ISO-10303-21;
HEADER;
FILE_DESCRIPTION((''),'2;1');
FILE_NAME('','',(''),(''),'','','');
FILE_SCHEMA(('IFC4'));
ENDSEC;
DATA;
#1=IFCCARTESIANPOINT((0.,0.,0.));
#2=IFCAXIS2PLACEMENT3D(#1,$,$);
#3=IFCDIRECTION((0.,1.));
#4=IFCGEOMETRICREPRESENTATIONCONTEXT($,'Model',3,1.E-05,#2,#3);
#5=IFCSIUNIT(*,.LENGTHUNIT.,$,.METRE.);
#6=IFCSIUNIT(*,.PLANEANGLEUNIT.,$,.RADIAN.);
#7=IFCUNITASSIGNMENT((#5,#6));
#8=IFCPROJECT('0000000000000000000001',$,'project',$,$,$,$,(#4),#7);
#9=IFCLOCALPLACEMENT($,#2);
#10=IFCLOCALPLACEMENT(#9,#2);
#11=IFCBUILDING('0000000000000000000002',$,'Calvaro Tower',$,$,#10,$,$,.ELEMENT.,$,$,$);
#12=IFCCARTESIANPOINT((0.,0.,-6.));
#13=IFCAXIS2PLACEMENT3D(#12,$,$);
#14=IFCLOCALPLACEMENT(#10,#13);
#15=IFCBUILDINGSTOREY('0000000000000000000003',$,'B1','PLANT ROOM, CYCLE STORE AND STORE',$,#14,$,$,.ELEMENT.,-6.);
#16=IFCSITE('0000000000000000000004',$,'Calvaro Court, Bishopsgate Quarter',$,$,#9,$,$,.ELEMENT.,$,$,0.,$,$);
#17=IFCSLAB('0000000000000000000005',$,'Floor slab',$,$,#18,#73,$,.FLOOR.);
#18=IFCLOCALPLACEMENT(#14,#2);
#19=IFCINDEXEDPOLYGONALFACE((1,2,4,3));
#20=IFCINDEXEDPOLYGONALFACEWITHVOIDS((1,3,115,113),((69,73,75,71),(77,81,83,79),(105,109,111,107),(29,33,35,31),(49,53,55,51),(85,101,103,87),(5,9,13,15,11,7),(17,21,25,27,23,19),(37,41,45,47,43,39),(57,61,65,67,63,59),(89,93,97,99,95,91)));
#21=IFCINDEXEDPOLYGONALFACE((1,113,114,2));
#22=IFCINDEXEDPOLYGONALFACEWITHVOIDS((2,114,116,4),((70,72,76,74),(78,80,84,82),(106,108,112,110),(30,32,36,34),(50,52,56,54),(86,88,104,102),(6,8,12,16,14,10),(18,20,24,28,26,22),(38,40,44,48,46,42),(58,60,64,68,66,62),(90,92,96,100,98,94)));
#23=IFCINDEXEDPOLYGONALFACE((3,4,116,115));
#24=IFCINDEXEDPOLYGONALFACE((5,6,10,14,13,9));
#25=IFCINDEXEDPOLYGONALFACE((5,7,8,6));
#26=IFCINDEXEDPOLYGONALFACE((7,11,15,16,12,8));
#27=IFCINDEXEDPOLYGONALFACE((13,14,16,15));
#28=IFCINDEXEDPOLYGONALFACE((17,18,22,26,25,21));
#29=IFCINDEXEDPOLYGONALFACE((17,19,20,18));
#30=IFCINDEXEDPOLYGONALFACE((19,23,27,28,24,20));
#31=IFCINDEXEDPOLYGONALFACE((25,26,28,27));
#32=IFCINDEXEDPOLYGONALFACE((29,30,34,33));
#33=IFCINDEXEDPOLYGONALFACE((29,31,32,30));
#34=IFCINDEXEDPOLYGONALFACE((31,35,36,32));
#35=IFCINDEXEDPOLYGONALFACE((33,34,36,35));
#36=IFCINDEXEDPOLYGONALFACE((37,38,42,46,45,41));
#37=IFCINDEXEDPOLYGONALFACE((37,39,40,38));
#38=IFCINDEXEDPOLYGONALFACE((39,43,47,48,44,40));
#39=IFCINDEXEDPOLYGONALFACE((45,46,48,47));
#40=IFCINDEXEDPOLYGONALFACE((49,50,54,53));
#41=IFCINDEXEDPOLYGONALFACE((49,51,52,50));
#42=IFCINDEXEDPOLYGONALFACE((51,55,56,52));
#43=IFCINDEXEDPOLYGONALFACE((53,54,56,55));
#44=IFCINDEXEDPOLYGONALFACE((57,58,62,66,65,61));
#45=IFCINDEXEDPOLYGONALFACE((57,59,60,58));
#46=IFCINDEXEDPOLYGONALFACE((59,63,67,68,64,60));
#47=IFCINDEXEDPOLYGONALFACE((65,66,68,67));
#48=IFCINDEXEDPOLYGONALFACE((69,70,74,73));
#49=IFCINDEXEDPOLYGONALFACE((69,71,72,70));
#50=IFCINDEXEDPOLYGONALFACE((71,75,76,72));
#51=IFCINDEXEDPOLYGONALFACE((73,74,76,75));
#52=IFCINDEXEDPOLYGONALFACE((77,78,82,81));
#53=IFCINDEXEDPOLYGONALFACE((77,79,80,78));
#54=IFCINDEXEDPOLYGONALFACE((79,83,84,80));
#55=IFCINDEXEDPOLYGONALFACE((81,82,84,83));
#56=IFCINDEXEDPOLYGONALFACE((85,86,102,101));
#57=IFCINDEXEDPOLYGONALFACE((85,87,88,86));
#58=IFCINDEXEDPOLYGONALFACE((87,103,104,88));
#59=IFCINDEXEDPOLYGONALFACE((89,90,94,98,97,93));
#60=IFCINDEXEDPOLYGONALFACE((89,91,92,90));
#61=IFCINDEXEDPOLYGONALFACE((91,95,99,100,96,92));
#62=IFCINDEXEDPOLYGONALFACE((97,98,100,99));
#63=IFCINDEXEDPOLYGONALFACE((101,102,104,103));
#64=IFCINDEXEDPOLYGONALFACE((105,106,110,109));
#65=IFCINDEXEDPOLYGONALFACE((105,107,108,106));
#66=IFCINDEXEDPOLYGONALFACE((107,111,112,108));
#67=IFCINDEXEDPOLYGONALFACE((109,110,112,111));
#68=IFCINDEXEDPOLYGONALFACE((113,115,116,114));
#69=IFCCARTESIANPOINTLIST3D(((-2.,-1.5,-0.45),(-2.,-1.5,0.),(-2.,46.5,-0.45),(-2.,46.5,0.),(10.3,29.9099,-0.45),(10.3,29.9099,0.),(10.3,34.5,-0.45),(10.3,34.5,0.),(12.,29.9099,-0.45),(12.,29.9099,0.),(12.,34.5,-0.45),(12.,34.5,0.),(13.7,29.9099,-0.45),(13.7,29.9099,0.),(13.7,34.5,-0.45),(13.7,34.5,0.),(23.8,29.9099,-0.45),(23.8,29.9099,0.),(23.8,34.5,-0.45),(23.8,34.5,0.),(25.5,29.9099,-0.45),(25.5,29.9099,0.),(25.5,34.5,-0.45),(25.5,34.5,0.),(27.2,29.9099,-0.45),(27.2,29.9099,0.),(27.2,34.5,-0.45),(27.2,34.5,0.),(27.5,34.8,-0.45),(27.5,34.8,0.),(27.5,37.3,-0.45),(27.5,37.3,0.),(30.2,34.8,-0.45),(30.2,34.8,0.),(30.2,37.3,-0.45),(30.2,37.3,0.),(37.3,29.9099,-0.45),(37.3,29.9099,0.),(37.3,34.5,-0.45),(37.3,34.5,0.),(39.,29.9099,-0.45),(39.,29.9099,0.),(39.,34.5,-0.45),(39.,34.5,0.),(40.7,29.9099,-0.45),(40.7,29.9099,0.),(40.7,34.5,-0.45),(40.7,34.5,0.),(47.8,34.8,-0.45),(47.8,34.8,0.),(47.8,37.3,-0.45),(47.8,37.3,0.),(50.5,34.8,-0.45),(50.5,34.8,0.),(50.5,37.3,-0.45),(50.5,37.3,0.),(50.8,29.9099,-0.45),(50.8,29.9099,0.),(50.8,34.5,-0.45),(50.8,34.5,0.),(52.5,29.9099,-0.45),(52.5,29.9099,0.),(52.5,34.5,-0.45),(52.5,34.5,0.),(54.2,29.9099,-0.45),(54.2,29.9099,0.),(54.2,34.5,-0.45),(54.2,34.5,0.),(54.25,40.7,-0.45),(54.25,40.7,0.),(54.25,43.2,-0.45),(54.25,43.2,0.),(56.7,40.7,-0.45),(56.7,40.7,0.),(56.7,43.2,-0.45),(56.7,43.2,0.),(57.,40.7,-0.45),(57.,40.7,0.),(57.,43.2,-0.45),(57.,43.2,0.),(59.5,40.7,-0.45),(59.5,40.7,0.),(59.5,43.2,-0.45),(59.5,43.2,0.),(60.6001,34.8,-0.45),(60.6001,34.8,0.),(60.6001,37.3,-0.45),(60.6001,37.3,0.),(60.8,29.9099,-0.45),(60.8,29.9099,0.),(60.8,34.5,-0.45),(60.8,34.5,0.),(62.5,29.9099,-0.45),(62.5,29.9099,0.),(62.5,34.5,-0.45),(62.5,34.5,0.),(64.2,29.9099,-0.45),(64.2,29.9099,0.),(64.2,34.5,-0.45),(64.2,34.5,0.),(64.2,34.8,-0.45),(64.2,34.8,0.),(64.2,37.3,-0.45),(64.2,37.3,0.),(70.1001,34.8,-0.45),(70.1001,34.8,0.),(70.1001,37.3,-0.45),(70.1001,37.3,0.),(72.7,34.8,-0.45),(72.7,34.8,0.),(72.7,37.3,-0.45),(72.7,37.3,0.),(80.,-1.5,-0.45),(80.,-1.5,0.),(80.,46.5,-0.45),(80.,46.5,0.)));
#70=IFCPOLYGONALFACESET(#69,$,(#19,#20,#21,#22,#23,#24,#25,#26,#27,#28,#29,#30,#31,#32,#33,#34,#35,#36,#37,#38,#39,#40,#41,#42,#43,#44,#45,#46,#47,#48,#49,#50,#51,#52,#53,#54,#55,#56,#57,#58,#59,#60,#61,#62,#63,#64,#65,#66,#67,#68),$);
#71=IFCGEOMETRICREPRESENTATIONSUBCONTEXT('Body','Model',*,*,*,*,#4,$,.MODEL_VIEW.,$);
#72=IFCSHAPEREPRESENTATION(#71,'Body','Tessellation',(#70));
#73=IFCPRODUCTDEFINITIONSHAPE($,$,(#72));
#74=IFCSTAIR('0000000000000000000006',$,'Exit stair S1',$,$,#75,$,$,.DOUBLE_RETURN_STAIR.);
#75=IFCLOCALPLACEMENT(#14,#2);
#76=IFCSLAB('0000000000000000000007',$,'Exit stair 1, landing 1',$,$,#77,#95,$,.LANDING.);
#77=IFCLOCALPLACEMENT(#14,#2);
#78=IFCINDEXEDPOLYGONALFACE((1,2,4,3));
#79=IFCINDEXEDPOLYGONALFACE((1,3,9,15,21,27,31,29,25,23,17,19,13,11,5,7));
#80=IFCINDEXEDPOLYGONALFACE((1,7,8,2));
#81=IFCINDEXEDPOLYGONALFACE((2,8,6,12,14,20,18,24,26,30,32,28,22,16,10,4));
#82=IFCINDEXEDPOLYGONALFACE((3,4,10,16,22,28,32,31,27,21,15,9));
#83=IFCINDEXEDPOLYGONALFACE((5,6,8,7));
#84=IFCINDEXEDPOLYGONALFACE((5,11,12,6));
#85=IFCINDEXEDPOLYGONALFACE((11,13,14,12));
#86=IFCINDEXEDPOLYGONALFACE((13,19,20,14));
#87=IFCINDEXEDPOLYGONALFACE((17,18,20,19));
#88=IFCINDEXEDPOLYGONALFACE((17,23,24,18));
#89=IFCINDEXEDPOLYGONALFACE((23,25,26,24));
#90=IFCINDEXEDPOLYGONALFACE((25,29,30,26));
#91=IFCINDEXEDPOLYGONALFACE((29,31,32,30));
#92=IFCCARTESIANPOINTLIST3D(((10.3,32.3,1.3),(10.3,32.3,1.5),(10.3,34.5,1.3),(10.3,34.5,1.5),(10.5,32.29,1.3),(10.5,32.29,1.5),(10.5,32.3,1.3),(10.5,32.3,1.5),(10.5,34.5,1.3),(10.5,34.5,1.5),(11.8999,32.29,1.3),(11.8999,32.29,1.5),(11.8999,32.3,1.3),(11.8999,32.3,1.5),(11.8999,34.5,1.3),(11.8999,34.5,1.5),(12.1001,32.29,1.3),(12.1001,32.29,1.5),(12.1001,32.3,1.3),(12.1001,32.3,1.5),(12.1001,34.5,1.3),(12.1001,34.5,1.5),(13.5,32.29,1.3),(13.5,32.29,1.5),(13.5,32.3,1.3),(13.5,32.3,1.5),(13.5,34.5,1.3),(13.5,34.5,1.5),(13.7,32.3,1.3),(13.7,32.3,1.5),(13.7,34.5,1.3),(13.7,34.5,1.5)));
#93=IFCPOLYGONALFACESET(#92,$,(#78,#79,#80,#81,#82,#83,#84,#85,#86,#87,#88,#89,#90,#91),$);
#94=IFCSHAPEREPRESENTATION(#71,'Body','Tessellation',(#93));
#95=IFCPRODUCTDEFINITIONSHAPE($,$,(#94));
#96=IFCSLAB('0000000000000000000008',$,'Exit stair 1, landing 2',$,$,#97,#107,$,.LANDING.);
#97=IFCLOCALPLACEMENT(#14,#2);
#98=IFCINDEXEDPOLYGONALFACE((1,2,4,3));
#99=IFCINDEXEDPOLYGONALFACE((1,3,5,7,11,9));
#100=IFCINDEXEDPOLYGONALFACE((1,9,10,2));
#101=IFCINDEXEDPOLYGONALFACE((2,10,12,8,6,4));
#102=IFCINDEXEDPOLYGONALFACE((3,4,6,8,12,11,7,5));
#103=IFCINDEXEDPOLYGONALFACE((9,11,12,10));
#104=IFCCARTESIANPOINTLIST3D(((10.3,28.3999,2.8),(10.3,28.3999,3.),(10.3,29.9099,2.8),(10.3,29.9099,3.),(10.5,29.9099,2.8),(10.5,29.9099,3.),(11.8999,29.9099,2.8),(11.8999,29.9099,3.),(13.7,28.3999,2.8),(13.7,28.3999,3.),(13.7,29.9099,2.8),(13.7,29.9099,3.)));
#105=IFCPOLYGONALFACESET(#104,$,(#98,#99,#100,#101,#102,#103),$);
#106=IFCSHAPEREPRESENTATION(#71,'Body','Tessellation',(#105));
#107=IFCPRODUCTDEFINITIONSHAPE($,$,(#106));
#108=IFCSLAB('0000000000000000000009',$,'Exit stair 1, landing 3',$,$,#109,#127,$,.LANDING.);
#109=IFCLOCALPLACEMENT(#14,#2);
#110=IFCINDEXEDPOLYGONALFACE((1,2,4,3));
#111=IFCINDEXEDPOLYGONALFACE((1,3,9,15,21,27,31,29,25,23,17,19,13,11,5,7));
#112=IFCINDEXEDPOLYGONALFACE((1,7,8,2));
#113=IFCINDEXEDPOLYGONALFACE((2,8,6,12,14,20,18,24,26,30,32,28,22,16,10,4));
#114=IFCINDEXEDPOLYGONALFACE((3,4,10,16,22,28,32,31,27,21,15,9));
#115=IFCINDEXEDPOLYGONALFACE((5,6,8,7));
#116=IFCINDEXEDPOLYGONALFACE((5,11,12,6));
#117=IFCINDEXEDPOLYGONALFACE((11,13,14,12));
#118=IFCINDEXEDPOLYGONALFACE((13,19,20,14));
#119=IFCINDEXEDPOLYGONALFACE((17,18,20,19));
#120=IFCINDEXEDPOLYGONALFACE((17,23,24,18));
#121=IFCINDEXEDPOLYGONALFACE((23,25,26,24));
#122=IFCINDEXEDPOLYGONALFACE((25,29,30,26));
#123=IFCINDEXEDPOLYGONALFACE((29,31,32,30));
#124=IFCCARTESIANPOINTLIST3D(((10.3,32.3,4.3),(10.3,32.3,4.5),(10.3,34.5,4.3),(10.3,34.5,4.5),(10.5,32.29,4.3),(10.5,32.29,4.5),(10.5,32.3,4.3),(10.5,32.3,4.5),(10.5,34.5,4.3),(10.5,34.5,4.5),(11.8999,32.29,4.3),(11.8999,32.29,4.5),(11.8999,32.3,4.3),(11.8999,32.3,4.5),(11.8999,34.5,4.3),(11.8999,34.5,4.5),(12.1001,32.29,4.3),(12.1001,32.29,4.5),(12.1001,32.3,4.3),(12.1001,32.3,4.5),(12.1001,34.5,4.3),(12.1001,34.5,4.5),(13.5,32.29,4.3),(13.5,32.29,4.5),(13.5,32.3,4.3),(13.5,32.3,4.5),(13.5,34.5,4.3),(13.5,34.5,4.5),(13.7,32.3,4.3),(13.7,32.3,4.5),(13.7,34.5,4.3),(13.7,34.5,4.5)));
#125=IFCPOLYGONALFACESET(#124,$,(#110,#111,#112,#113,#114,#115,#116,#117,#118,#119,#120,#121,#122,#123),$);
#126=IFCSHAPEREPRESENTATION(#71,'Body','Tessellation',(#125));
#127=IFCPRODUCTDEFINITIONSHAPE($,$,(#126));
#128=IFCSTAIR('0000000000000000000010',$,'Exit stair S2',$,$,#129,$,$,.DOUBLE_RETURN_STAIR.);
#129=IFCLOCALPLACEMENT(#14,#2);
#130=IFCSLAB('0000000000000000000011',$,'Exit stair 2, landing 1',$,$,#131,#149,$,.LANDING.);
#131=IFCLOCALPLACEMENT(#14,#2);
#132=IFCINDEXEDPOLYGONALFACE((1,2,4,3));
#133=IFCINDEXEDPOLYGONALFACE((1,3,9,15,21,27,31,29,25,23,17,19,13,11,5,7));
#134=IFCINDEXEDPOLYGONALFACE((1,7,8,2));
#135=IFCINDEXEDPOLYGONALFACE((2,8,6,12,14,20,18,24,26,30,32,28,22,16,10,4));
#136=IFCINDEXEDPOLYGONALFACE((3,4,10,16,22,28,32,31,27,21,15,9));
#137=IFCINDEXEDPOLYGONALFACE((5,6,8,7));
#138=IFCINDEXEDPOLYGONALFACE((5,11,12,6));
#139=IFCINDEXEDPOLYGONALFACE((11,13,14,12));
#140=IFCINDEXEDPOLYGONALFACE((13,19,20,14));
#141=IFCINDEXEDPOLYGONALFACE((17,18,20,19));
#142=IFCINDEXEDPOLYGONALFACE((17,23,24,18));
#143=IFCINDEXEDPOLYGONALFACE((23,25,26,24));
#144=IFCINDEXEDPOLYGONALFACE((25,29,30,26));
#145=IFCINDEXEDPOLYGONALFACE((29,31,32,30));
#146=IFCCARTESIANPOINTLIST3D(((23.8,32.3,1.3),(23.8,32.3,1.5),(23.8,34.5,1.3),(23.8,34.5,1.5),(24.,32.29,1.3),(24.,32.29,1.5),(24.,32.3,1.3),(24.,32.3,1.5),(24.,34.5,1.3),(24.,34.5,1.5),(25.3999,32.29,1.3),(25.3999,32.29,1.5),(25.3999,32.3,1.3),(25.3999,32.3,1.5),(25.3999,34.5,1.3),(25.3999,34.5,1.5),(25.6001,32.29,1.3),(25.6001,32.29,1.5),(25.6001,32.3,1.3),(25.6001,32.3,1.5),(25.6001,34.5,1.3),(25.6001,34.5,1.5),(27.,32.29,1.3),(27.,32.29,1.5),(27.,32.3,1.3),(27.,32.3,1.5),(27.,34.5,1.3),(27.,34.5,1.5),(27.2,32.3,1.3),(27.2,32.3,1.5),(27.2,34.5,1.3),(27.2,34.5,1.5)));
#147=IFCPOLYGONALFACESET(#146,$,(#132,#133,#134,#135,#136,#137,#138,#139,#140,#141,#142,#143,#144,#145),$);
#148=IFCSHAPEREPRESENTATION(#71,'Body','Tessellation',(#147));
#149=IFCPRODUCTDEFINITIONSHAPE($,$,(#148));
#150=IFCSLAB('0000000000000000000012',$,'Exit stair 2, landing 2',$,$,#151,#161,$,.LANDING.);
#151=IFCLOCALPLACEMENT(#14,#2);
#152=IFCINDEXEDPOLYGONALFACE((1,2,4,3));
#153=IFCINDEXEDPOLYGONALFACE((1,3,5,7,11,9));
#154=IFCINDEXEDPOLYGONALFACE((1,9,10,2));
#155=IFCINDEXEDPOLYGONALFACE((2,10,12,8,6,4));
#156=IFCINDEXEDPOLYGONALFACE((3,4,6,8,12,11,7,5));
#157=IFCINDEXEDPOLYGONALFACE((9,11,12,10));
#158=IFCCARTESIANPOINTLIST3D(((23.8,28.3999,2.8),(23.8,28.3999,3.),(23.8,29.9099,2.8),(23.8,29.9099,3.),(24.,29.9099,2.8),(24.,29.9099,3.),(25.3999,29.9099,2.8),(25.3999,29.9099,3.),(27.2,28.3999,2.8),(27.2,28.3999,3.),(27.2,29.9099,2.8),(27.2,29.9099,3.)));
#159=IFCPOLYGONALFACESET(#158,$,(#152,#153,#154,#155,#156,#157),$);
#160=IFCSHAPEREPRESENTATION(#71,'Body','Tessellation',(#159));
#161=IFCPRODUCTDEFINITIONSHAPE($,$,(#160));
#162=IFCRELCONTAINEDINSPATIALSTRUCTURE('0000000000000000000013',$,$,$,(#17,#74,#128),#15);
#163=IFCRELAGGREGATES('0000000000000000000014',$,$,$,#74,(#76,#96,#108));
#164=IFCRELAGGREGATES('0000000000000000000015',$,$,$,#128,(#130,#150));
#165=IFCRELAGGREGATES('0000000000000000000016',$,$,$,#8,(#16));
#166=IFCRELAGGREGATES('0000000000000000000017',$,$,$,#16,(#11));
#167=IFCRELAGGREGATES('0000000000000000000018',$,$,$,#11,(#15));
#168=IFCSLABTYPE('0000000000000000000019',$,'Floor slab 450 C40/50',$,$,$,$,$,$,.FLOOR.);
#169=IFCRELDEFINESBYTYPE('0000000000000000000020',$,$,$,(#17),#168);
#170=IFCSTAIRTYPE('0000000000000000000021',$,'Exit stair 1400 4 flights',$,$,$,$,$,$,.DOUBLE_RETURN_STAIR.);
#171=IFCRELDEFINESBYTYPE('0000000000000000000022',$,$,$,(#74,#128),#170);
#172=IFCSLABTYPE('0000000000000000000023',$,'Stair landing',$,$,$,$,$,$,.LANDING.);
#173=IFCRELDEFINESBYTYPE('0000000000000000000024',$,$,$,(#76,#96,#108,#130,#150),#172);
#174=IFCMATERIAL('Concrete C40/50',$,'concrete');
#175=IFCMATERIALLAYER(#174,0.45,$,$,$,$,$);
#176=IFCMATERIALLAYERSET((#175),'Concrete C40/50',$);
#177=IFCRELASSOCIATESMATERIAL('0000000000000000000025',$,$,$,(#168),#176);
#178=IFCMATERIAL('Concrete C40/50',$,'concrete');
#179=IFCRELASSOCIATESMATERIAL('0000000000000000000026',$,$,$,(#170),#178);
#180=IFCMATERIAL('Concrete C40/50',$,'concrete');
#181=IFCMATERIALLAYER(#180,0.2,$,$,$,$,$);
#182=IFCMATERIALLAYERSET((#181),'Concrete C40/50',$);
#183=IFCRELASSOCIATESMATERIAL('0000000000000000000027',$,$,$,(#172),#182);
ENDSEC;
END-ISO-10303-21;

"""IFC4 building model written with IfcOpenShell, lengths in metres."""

from ifc_helpers import new_model, si_unit, direction, frame, origin, place, context, subcontext, project, spatial, polyline, outline, extrude, material, layer, layer_set, type_object, element, aggregate, save


model = new_model("IFC4")

# Units and contexts
model_context = context("Model", 3, precision=1e-05, world=origin(), true_north=direction((0.0, 1.0)))
body_context = subcontext(model_context, "Body", "Model", "MODEL_VIEW")
ifc_project = project(units=[si_unit("LENGTHUNIT", "METRE"), si_unit("PLANEANGLEUNIT", "RADIAN")], contexts=[model_context])

# Site, building, storey
site_placement = place(None, origin())
site = spatial("IfcSite", under=ifc_project, at=site_placement, Name="Calvaro Court, Bishopsgate Quarter", CompositionType="ELEMENT", RefElevation=0.0)
building_placement = place(site_placement, origin())
building = spatial("IfcBuilding", under=site, at=building_placement, Name="Calvaro Tower", CompositionType="ELEMENT")
storey_placement = place(building_placement, frame((0.0, 0.0, -6.0)))
storey = spatial("IfcBuildingStorey", under=building, at=storey_placement, Name="B1", Description="PLANT ROOM, CYCLE STORE AND STORE", CompositionType="ELEMENT", Elevation=-6.0)

# Slab
ifc_material_1 = material(Name="Concrete C40/50", Category="concrete")
ifc_layer_1 = layer(ifc_material_1, 0.45)
ifc_layer_set_1 = layer_set([ifc_layer_1], Name="Concrete C40/50")
slab_type_1 = type_object("IfcSlabType", Name="Floor slab 450 C40/50", PredefinedType="FLOOR", material=ifc_layer_set_1)
slab_1_placement = place(storey_placement, frame((0.0, 0.0, -0.45)))
element("IfcSlab", 1, at=slab_1_placement, inside=storey, type_object=slab_type_1, Name="Floor slab", PredefinedType="FLOOR", context=body_context, shape_type="SweptSolid", body=[
    extrude(outline(polyline([(80.0, -1.5), (80.0, 46.5), (-2.0, 46.5), (-2.0, -1.5), (80.0, -1.5)]), holes=[polyline([(10.3, 29.9099), (10.3, 34.5), (12.0, 34.5), (13.7, 34.5), (13.7, 29.9099), (12.0, 29.9099), (10.3, 29.9099)]), polyline([(23.8, 29.9099), (23.8, 34.5), (25.5, 34.5), (27.2, 34.5), (27.2, 29.9099), (25.5, 29.9099), (23.8, 29.9099)]), polyline([(37.3, 29.9099), (37.3, 34.5), (39.0, 34.5), (40.7, 34.5), (40.7, 29.9099), (39.0, 29.9099), (37.3, 29.9099)]), polyline([(50.8, 29.9099), (50.8, 34.5), (52.5, 34.5), (54.2, 34.5), (54.2, 29.9099), (52.5, 29.9099), (50.8, 29.9099)]), polyline([(60.8, 29.9099), (60.8, 34.5), (62.5, 34.5), (64.2, 34.5), (64.2, 29.9099), (62.5, 29.9099), (60.8, 29.9099)]), polyline([(54.25, 40.7), (56.7, 40.7), (56.7, 43.2), (54.25, 43.2), (54.25, 40.7)]), polyline([(57.0, 40.7), (59.5, 40.7), (59.5, 43.2), (57.0, 43.2), (57.0, 40.7)]), polyline([(60.6001, 34.8), (64.2, 34.8), (64.2, 37.3), (60.6001, 37.3), (60.6001, 34.8)]), polyline([(70.1001, 34.8), (72.7, 34.8), (72.7, 37.3), (70.1001, 37.3), (70.1001, 34.8)]), polyline([(27.5, 34.8), (30.2, 34.8), (30.2, 37.3), (27.5, 37.3), (27.5, 34.8)]), polyline([(47.8, 34.8), (50.5, 34.8), (50.5, 37.3), (47.8, 37.3), (47.8, 34.8)])]), origin(), (0.0, 0.0, 1.0), 0.45),
])

# Stairs, slabs
ifc_material_2 = material(Name="Concrete C40/50", Category="concrete")
stair_type = type_object("IfcStairType", Name="Exit stair 1400 4 flights", PredefinedType="DOUBLE_RETURN_STAIR", material=ifc_material_2)
stair_1_placement = place(storey_placement, origin())
stair_1 = element("IfcStair", 2, at=stair_1_placement, inside=storey, type_object=stair_type, Name="Exit stair S1", PredefinedType="DOUBLE_RETURN_STAIR")
ifc_material_3 = material(Name="Concrete C40/50", Category="concrete")
ifc_layer_2 = layer(ifc_material_3, 0.2)
ifc_layer_set_2 = layer_set([ifc_layer_2], Name="Concrete C40/50")
slab_type_2 = type_object("IfcSlabType", Name="Stair landing", PredefinedType="LANDING", material=ifc_layer_set_2)
slab_2_placement = place(storey_placement, frame((0.0, 0.0, 1.3)))
slab_2 = element("IfcSlab", 3, at=slab_2_placement, type_object=slab_type_2, Name="Exit stair 1, landing 1", PredefinedType="LANDING", context=body_context, shape_type="SweptSolid", body=[
    extrude(outline(polyline([(11.8999, 32.29), (10.5, 32.29), (10.5, 32.3), (10.3, 32.3), (10.3, 34.5), (10.5, 34.5), (11.8999, 34.5), (12.1001, 34.5), (13.5, 34.5), (13.7, 34.5), (13.7, 32.3), (13.5, 32.3), (13.5, 32.29), (12.1001, 32.29), (12.1001, 32.3), (11.8999, 32.3), (11.8999, 32.29)])), origin(), (0.0, 0.0, 1.0), 0.2),
])
slab_3_placement = place(storey_placement, frame((0.0, 0.0, 2.8)))
slab_3 = element("IfcSlab", 4, at=slab_3_placement, type_object=slab_type_2, Name="Exit stair 1, landing 2", PredefinedType="LANDING", context=body_context, shape_type="SweptSolid", body=[
    extrude(outline(polyline([(13.7, 29.9099), (13.7, 28.3999), (10.3, 28.3999), (10.3, 29.9099), (10.5, 29.9099), (11.8999, 29.9099), (13.7, 29.9099)])), origin(), (0.0, 0.0, 1.0), 0.2),
])
slab_4_placement = place(storey_placement, frame((0.0, 0.0, 4.3)))
slab_4 = element("IfcSlab", 5, at=slab_4_placement, type_object=slab_type_2, Name="Exit stair 1, landing 3", PredefinedType="LANDING", context=body_context, shape_type="SweptSolid", body=[
    extrude(outline(polyline([(11.8999, 32.29), (10.5, 32.29), (10.5, 32.3), (10.3, 32.3), (10.3, 34.5), (10.5, 34.5), (11.8999, 34.5), (12.1001, 34.5), (13.5, 34.5), (13.7, 34.5), (13.7, 32.3), (13.5, 32.3), (13.5, 32.29), (12.1001, 32.29), (12.1001, 32.3), (11.8999, 32.3), (11.8999, 32.29)])), origin(), (0.0, 0.0, 1.0), 0.2),
])
aggregate(stair_1, [slab_2, slab_3, slab_4])
stair_2_placement = place(storey_placement, origin())
stair_2 = element("IfcStair", 6, at=stair_2_placement, inside=storey, type_object=stair_type, Name="Exit stair S2", PredefinedType="DOUBLE_RETURN_STAIR")
slab_5_placement = place(storey_placement, frame((0.0, 0.0, 1.3)))
slab_5 = element("IfcSlab", 7, at=slab_5_placement, type_object=slab_type_2, Name="Exit stair 2, landing 1", PredefinedType="LANDING", context=body_context, shape_type="SweptSolid", body=[
    extrude(outline(polyline([(25.3999, 32.29), (24.0, 32.29), (24.0, 32.3), (23.8, 32.3), (23.8, 34.5), (24.0, 34.5), (25.3999, 34.5), (25.6001, 34.5), (27.0, 34.5), (27.2, 34.5), (27.2, 32.3), (27.0, 32.3), (27.0, 32.29), (25.6001, 32.29), (25.6001, 32.3), (25.3999, 32.3), (25.3999, 32.29)])), origin(), (0.0, 0.0, 1.0), 0.2),
])
slab_6_placement = place(storey_placement, frame((0.0, 0.0, 2.8)))
slab_6 = element("IfcSlab", 8, at=slab_6_placement, type_object=slab_type_2, Name="Exit stair 2, landing 2", PredefinedType="LANDING", context=body_context, shape_type="SweptSolid", body=[
    extrude(outline(polyline([(27.2, 29.9099), (27.2, 28.3999), (23.8, 28.3999), (23.8, 29.9099), (24.0, 29.9099), (25.3999, 29.9099), (27.2, 29.9099)])), origin(), (0.0, 0.0, 1.0), 0.2),
])
aggregate(stair_2, [slab_5, slab_6])

save(model, "model.ifc")
